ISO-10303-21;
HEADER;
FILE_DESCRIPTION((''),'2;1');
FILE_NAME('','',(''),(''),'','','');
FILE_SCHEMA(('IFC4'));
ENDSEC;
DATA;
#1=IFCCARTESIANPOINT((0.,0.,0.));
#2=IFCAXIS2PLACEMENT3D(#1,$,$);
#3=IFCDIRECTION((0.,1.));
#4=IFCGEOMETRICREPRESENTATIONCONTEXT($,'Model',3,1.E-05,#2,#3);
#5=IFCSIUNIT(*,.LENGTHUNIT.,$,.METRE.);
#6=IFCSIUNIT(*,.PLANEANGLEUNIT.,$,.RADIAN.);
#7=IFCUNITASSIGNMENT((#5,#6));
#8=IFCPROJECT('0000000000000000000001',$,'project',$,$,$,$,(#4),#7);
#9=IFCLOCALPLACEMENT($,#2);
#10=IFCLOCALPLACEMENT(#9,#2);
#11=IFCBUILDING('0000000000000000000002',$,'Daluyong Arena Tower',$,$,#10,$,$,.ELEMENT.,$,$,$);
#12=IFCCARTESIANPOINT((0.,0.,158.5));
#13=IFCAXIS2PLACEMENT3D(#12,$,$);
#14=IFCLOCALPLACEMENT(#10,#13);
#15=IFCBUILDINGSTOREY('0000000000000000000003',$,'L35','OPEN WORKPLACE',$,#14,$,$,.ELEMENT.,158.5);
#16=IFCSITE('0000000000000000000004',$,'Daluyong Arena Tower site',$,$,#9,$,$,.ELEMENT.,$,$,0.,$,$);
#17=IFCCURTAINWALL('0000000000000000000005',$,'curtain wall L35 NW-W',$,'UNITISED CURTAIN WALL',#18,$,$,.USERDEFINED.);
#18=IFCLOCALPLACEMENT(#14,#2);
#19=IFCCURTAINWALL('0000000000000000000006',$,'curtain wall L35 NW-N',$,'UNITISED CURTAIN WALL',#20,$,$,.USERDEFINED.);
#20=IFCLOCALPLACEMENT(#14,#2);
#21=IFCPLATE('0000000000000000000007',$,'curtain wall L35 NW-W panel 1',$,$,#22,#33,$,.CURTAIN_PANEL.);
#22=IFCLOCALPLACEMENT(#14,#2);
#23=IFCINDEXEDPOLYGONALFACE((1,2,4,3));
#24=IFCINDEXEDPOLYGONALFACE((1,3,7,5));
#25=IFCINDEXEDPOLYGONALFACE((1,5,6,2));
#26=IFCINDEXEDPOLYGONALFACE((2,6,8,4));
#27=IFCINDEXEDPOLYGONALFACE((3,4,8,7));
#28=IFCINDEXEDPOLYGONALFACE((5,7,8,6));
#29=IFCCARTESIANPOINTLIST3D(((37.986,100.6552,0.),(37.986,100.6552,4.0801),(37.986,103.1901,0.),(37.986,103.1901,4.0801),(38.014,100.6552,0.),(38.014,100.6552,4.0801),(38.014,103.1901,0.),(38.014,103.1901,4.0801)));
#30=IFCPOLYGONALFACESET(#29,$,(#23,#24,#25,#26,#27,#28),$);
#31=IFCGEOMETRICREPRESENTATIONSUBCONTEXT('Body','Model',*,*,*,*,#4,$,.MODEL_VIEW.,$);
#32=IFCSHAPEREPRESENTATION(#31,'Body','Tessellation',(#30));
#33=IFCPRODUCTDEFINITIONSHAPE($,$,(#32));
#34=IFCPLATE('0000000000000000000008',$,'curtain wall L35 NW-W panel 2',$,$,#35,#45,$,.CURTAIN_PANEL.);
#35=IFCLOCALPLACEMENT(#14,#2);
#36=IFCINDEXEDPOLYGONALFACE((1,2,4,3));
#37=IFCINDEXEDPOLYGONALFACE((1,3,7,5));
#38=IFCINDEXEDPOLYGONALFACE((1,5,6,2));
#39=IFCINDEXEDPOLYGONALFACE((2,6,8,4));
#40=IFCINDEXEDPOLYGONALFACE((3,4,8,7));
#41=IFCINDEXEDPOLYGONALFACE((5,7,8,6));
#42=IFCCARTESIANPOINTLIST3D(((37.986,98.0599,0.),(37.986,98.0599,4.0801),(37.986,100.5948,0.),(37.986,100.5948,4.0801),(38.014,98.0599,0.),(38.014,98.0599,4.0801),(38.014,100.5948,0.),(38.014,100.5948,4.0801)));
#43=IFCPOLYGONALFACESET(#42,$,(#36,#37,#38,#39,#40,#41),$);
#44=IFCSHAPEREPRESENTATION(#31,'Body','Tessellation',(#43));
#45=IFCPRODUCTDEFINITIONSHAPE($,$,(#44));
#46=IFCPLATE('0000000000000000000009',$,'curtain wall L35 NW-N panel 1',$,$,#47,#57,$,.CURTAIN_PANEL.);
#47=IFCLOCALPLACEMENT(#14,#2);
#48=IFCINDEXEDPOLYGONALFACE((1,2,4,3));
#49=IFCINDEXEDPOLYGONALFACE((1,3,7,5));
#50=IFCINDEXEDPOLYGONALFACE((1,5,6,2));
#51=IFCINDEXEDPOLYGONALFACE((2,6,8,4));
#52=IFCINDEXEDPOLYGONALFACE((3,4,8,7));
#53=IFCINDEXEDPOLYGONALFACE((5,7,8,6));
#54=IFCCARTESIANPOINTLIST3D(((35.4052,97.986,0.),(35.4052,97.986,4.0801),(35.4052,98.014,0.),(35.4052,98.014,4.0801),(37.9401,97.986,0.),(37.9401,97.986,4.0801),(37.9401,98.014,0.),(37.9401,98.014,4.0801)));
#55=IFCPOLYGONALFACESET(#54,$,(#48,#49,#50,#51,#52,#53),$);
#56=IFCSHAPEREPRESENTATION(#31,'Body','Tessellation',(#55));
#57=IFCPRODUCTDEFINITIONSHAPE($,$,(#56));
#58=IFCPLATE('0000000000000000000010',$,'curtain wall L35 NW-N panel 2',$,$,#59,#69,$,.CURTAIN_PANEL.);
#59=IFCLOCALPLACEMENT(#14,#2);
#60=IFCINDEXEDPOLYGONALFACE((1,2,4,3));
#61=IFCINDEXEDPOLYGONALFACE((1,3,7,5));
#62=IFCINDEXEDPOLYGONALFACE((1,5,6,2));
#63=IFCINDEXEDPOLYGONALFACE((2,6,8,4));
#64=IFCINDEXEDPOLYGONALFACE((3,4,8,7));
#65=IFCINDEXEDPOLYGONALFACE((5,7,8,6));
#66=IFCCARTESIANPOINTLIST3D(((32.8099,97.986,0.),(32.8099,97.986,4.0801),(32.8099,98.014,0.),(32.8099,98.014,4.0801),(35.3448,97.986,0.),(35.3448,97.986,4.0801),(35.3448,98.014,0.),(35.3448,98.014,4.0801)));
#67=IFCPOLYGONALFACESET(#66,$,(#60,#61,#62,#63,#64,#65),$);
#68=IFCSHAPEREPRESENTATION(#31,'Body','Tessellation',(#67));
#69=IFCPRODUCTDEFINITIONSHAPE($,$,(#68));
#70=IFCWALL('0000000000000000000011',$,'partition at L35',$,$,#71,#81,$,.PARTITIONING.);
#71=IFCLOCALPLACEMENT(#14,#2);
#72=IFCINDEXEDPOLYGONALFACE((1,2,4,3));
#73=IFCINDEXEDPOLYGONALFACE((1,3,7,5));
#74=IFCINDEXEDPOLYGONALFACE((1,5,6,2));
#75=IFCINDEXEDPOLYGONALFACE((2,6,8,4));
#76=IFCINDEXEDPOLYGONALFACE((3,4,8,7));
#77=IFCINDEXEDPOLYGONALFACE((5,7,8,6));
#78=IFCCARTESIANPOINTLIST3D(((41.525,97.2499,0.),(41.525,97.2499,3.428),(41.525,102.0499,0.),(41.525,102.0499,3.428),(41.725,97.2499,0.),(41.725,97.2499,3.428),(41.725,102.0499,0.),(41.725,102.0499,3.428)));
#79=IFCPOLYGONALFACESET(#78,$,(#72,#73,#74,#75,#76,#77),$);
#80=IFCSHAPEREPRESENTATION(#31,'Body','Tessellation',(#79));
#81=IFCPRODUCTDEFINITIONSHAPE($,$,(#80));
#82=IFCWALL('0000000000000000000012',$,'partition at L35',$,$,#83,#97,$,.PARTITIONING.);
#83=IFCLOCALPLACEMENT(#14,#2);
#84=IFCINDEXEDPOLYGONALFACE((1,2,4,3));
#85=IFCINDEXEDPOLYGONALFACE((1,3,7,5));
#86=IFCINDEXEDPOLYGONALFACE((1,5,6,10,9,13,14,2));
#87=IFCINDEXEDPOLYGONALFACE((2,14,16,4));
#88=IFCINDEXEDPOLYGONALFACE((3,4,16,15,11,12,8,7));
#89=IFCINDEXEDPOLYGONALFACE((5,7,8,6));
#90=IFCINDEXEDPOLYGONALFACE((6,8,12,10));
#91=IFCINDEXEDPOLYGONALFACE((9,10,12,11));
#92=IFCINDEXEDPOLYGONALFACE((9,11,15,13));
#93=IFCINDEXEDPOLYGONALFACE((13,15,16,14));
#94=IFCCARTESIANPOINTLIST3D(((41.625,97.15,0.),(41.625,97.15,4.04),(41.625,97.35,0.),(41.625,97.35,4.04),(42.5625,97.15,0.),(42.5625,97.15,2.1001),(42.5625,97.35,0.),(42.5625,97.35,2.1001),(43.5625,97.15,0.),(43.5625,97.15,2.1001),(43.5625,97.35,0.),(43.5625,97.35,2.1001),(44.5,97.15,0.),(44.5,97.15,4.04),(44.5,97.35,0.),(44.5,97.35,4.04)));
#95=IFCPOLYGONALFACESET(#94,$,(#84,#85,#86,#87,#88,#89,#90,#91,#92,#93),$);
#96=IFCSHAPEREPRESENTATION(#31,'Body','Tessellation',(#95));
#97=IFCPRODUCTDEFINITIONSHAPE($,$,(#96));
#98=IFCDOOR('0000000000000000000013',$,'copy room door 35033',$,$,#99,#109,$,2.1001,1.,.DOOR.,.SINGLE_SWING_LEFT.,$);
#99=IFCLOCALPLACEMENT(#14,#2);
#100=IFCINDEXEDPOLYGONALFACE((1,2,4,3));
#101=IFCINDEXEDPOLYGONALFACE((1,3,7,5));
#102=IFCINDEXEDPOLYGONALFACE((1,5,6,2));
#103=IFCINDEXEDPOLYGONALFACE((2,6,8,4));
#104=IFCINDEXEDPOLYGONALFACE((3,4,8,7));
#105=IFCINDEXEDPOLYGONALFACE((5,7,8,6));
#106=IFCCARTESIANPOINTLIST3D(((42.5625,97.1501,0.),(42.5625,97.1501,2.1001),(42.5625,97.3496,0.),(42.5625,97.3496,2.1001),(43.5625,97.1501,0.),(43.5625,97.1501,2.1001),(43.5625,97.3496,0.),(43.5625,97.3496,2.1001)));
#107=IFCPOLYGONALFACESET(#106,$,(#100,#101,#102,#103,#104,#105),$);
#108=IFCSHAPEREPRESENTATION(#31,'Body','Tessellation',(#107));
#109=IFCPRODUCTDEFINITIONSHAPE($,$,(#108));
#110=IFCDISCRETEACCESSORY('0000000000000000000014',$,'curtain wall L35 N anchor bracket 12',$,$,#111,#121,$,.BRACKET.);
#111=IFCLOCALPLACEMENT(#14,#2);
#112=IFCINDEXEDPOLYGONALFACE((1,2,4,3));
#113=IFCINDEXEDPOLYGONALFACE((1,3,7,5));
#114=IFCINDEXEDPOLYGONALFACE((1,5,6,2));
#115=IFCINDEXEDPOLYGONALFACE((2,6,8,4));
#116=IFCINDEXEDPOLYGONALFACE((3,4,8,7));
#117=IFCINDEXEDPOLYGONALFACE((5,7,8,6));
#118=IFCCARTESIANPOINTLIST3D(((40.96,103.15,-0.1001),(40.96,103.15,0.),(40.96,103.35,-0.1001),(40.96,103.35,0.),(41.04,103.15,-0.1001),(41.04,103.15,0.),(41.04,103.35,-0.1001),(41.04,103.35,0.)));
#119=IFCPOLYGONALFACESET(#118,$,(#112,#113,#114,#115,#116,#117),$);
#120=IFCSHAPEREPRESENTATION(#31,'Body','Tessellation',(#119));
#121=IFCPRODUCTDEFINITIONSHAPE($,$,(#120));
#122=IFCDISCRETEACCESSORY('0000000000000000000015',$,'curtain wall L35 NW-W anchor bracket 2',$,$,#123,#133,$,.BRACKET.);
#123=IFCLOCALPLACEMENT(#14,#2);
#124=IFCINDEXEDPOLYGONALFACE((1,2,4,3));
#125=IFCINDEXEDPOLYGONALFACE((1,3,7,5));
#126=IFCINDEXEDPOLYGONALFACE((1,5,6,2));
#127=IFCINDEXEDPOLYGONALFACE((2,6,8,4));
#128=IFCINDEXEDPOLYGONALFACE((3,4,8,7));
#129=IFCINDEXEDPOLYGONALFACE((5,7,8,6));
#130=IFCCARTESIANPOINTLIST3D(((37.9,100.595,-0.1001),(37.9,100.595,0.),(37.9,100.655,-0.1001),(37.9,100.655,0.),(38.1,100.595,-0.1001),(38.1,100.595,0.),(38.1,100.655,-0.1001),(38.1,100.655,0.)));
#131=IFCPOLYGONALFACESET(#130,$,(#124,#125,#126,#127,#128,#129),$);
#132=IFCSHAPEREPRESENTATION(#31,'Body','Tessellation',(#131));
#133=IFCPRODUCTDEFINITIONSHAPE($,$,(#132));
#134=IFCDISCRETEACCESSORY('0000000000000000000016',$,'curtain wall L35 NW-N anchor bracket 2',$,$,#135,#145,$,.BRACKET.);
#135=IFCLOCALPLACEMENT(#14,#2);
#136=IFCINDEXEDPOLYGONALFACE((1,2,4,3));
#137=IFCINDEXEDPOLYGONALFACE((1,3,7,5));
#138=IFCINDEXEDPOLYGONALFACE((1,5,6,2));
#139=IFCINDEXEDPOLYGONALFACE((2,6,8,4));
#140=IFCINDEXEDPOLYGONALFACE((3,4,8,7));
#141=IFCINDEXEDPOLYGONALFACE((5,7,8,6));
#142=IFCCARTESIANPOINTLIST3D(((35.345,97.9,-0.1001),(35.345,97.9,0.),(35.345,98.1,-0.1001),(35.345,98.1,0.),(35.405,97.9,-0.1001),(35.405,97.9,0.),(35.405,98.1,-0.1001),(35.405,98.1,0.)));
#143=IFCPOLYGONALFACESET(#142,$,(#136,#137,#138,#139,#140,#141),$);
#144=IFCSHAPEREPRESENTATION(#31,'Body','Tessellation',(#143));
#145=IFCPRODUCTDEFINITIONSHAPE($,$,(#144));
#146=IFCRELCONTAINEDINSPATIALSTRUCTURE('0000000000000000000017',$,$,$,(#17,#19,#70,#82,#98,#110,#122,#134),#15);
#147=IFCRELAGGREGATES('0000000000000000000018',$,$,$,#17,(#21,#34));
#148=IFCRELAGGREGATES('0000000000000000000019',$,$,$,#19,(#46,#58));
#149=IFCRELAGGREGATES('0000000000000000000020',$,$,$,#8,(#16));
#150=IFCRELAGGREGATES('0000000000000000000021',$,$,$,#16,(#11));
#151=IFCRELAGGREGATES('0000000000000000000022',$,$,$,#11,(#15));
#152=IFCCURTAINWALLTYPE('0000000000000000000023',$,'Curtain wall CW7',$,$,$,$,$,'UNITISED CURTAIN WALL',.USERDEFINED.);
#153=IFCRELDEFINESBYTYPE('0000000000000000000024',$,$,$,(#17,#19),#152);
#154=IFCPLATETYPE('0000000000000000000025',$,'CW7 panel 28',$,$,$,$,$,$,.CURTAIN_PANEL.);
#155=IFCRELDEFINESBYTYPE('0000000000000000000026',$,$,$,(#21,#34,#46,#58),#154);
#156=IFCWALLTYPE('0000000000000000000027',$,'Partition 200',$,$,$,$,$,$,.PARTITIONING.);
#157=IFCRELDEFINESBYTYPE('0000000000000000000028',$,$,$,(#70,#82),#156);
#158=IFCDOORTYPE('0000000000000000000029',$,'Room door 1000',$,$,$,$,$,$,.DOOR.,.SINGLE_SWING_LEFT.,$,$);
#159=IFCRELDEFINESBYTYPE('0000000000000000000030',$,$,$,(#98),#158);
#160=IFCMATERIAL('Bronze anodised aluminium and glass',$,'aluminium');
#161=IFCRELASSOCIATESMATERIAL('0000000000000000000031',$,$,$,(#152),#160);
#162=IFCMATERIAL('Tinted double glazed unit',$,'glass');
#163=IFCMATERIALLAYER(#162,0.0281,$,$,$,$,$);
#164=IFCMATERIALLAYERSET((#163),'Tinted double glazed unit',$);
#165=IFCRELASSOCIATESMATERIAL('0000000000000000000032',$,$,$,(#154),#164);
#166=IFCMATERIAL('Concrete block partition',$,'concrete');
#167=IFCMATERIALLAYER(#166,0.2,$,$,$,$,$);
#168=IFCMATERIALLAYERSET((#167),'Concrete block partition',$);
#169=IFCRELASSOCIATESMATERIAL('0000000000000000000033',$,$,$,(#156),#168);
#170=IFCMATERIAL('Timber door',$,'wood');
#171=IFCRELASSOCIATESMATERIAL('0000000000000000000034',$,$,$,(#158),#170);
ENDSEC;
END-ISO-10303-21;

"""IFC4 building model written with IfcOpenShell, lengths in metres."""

from ifc_helpers import new_model, si_unit, direction, frame, frame_2d, origin, origin_2d, place, context, subcontext, project, spatial, rectangle, extrude, material, layer, layer_set, type_object, element, fill, aggregate, save


model = new_model("IFC4")

# Units and contexts
model_context = context("Model", 3, precision=1e-05, world=origin(), true_north=direction((0.0, 1.0)))
body_context = subcontext(model_context, "Body", "Model", "MODEL_VIEW")
ifc_project = project(units=[si_unit("LENGTHUNIT", "METRE"), si_unit("PLANEANGLEUNIT", "RADIAN")], contexts=[model_context])

# Site, building, storey
site_placement = place(None, origin())
site = spatial("IfcSite", under=ifc_project, at=site_placement, Name="Daluyong Arena Tower site", CompositionType="ELEMENT", RefElevation=0.0)
building_placement = place(site_placement, origin())
building = spatial("IfcBuilding", under=site, at=building_placement, Name="Daluyong Arena Tower", CompositionType="ELEMENT")
storey_placement = place(building_placement, frame((0.0, 0.0, 158.5)))
storey = spatial("IfcBuildingStorey", under=building, at=storey_placement, Name="L35", Description="OPEN WORKPLACE", CompositionType="ELEMENT", Elevation=158.5)

# Curtain walls
ifc_material_1 = material(Name="Bronze anodised aluminium and glass", Category="aluminium")
curtain_wall_type_1 = type_object("IfcCurtainWallType", Name="Curtain wall CW7", ElementType="UNITISED CURTAIN WALL", PredefinedType="USERDEFINED", material=ifc_material_1)
curtain_wall_1_placement = place(storey_placement, origin())
curtain_wall_1 = element("IfcCurtainWall", 1, at=curtain_wall_1_placement, inside=storey, type_object=curtain_wall_type_1, Name="curtain wall L35 NW-W", ObjectType="UNITISED CURTAIN WALL", PredefinedType="USERDEFINED")
curtain_wall_2_placement = place(storey_placement, origin())
curtain_wall_2 = element("IfcCurtainWall", 2, at=curtain_wall_2_placement, inside=storey, type_object=curtain_wall_type_1, Name="curtain wall L35 NW-N", ObjectType="UNITISED CURTAIN WALL", PredefinedType="USERDEFINED")

# Plates
ifc_material_2 = material(Name="Tinted double glazed unit", Category="glass")
ifc_layer_1 = layer(ifc_material_2, 0.0281)
ifc_layer_set_1 = layer_set([ifc_layer_1], Name="Tinted double glazed unit")
plate_type_1 = type_object("IfcPlateType", Name="CW7 panel 28", PredefinedType="CURTAIN_PANEL", material=ifc_layer_set_1)
plate_1_placement = place(storey_placement, frame((38.0, 101.9226, 0.0), z_axis=(0.0, 0.0, 1.0), x_axis=(0.0, -1.0, 0.0)))
plate_1 = element("IfcPlate", 3, at=plate_1_placement, type_object=plate_type_1, Name="curtain wall L35 NW-W panel 1", PredefinedType="CURTAIN_PANEL", context=body_context, shape_type="SweptSolid", body=[
    extrude(rectangle(XDim=2.5349, YDim=0.0281, at=origin_2d()), origin(), (0.0, 0.0, 1.0), 4.0801),
])
plate_2_placement = place(storey_placement, frame((38.0, 99.3274, 0.0), z_axis=(0.0, 0.0, 1.0), x_axis=(0.0, -1.0, 0.0)))
plate_2 = element("IfcPlate", 4, at=plate_2_placement, type_object=plate_type_1, Name="curtain wall L35 NW-W panel 2", PredefinedType="CURTAIN_PANEL", context=body_context, shape_type="SweptSolid", body=[
    extrude(rectangle(XDim=2.5349, YDim=0.0281, at=origin_2d()), origin(), (0.0, 0.0, 1.0), 4.0801),
])
aggregate(curtain_wall_1, [plate_1, plate_2])
plate_3_placement = place(storey_placement, frame((36.6726, 98.0, 0.0), z_axis=(0.0, 0.0, 1.0), x_axis=(-1.0, 0.0, 0.0)))
plate_3 = element("IfcPlate", 5, at=plate_3_placement, type_object=plate_type_1, Name="curtain wall L35 NW-N panel 1", PredefinedType="CURTAIN_PANEL", context=body_context, shape_type="SweptSolid", body=[
    extrude(rectangle(XDim=2.5349, YDim=0.0281, at=origin_2d()), origin(), (0.0, 0.0, 1.0), 4.0801),
])
plate_4_placement = place(storey_placement, frame((34.0774, 98.0, 0.0), z_axis=(0.0, 0.0, 1.0), x_axis=(-1.0, 0.0, 0.0)))
plate_4 = element("IfcPlate", 6, at=plate_4_placement, type_object=plate_type_1, Name="curtain wall L35 NW-N panel 2", PredefinedType="CURTAIN_PANEL", context=body_context, shape_type="SweptSolid", body=[
    extrude(rectangle(XDim=2.5349, YDim=0.0281, at=origin_2d()), origin(), (0.0, 0.0, 1.0), 4.0801),
])
aggregate(curtain_wall_2, [plate_3, plate_4])

# Wall
ifc_material_3 = material(Name="Concrete block partition", Category="concrete")
ifc_layer_2 = layer(ifc_material_3, 0.2)
ifc_layer_set_2 = layer_set([ifc_layer_2], Name="Concrete block partition")
wall_type_1 = type_object("IfcWallType", Name="Partition 200", PredefinedType="PARTITIONING", material=ifc_layer_set_2)
wall_1_placement = place(storey_placement, frame((41.625, 97.25, 0.0), z_axis=(0.0, 0.0, 1.0), x_axis=(0.0, 1.0, 0.0)))
element("IfcWall", 7, at=wall_1_placement, inside=storey, type_object=wall_type_1, Name="partition at L35", PredefinedType="PARTITIONING", context=body_context, shape_type="SweptSolid", body=[
    extrude(rectangle(XDim=4.8, YDim=0.2, at=frame_2d((2.3999, 0.0))), origin(), (0.0, 0.0, 1.0), 3.428),
])

# Wall, opening, door
wall_2_placement = place(storey_placement, frame((41.625, 97.25, 0.0), z_axis=(0.0, 0.0, 1.0), x_axis=(1.0, 0.0, 0.0)))
wall_2 = element("IfcWall", 8, at=wall_2_placement, inside=storey, type_object=wall_type_1, Name="partition at L35", PredefinedType="PARTITIONING", context=body_context, shape_type="SweptSolid", body=[
    extrude(rectangle(XDim=2.875, YDim=0.2, at=frame_2d((1.4375, 0.0))), origin(), (0.0, 0.0, 1.0), 4.04),
])
opening_1_placement = place(wall_2_placement, frame((0.9375, 0.0, 0.0)))
opening_1 = element("IfcOpeningElement", 9, at=opening_1_placement, cuts=wall_2, PredefinedType="OPENING", context=body_context, shape_type="SweptSolid", body=[
    extrude(rectangle(XDim=1.0, YDim=2.1001, at=frame_2d((0.5, 1.05))), frame((0.0, 0.1099, 0.0), z_axis=(0.0, -1.0, 0.0), x_axis=(1.0, 0.0, 0.0)), (0.0, 0.0, 1.0), 0.22),
])
ifc_material_4 = material(Name="Timber door", Category="wood")
door_type_1 = type_object("IfcDoorType", Name="Room door 1000", OperationType="SINGLE_SWING_LEFT", PredefinedType="DOOR", material=ifc_material_4)
door_1_placement = place(opening_1_placement, origin())
door_1 = element("IfcDoor", 10, at=door_1_placement, inside=storey, type_object=door_type_1, Name="copy room door 35033", OperationType="SINGLE_SWING_LEFT", OverallHeight=2.1001, OverallWidth=1.0, PredefinedType="DOOR", context=body_context, shape_type="SweptSolid", body=[
    extrude(rectangle(XDim=1.0, YDim=2.1001, at=frame_2d((0.5, 1.05))), frame((0.0, 0.0996, 0.0), z_axis=(0.0, -1.0, 0.0), x_axis=(1.0, 0.0, 0.0)), (0.0, 0.0, 1.0), 0.1995),
])
fill(opening_1, door_1)

# Discrete accessories
discrete_accessory_placement = place(storey_placement, frame((41.0, 103.25, -0.1001), z_axis=(0.0, 0.0, 1.0), x_axis=(-1.0, 0.0, 0.0)))
element("IfcDiscreteAccessory", 11, at=discrete_accessory_placement, inside=storey, Name="curtain wall L35 N anchor bracket 12", PredefinedType="BRACKET", context=body_context, shape_type="SweptSolid", body=[
    extrude(rectangle(XDim=0.0801, YDim=0.2, at=origin_2d()), origin(), (0.0, 0.0, 1.0), 0.1001),
])
for number, where, z_axis, x_axis, name in (
    (12, (38.0, 100.625, -0.1001), (0.0, 0.0, 1.0), (0.0, -1.0, 0.0), "curtain wall L35 NW-W anchor bracket 2"),
    (13, (35.375, 98.0, -0.1001), (0.0, 0.0, 1.0), (-1.0, 0.0, 0.0), "curtain wall L35 NW-N anchor bracket 2"),
):
    element("IfcDiscreteAccessory", number, at=place(storey_placement, frame(where, z_axis=z_axis, x_axis=x_axis)), inside=storey, Name=name, PredefinedType="BRACKET", context=body_context, shape_type="SweptSolid", body=[
        extrude(rectangle(XDim=0.0601, YDim=0.2, at=origin_2d()), origin(), (0.0, 0.0, 1.0), 0.1001),
    ])

save(model, "model.ifc")
